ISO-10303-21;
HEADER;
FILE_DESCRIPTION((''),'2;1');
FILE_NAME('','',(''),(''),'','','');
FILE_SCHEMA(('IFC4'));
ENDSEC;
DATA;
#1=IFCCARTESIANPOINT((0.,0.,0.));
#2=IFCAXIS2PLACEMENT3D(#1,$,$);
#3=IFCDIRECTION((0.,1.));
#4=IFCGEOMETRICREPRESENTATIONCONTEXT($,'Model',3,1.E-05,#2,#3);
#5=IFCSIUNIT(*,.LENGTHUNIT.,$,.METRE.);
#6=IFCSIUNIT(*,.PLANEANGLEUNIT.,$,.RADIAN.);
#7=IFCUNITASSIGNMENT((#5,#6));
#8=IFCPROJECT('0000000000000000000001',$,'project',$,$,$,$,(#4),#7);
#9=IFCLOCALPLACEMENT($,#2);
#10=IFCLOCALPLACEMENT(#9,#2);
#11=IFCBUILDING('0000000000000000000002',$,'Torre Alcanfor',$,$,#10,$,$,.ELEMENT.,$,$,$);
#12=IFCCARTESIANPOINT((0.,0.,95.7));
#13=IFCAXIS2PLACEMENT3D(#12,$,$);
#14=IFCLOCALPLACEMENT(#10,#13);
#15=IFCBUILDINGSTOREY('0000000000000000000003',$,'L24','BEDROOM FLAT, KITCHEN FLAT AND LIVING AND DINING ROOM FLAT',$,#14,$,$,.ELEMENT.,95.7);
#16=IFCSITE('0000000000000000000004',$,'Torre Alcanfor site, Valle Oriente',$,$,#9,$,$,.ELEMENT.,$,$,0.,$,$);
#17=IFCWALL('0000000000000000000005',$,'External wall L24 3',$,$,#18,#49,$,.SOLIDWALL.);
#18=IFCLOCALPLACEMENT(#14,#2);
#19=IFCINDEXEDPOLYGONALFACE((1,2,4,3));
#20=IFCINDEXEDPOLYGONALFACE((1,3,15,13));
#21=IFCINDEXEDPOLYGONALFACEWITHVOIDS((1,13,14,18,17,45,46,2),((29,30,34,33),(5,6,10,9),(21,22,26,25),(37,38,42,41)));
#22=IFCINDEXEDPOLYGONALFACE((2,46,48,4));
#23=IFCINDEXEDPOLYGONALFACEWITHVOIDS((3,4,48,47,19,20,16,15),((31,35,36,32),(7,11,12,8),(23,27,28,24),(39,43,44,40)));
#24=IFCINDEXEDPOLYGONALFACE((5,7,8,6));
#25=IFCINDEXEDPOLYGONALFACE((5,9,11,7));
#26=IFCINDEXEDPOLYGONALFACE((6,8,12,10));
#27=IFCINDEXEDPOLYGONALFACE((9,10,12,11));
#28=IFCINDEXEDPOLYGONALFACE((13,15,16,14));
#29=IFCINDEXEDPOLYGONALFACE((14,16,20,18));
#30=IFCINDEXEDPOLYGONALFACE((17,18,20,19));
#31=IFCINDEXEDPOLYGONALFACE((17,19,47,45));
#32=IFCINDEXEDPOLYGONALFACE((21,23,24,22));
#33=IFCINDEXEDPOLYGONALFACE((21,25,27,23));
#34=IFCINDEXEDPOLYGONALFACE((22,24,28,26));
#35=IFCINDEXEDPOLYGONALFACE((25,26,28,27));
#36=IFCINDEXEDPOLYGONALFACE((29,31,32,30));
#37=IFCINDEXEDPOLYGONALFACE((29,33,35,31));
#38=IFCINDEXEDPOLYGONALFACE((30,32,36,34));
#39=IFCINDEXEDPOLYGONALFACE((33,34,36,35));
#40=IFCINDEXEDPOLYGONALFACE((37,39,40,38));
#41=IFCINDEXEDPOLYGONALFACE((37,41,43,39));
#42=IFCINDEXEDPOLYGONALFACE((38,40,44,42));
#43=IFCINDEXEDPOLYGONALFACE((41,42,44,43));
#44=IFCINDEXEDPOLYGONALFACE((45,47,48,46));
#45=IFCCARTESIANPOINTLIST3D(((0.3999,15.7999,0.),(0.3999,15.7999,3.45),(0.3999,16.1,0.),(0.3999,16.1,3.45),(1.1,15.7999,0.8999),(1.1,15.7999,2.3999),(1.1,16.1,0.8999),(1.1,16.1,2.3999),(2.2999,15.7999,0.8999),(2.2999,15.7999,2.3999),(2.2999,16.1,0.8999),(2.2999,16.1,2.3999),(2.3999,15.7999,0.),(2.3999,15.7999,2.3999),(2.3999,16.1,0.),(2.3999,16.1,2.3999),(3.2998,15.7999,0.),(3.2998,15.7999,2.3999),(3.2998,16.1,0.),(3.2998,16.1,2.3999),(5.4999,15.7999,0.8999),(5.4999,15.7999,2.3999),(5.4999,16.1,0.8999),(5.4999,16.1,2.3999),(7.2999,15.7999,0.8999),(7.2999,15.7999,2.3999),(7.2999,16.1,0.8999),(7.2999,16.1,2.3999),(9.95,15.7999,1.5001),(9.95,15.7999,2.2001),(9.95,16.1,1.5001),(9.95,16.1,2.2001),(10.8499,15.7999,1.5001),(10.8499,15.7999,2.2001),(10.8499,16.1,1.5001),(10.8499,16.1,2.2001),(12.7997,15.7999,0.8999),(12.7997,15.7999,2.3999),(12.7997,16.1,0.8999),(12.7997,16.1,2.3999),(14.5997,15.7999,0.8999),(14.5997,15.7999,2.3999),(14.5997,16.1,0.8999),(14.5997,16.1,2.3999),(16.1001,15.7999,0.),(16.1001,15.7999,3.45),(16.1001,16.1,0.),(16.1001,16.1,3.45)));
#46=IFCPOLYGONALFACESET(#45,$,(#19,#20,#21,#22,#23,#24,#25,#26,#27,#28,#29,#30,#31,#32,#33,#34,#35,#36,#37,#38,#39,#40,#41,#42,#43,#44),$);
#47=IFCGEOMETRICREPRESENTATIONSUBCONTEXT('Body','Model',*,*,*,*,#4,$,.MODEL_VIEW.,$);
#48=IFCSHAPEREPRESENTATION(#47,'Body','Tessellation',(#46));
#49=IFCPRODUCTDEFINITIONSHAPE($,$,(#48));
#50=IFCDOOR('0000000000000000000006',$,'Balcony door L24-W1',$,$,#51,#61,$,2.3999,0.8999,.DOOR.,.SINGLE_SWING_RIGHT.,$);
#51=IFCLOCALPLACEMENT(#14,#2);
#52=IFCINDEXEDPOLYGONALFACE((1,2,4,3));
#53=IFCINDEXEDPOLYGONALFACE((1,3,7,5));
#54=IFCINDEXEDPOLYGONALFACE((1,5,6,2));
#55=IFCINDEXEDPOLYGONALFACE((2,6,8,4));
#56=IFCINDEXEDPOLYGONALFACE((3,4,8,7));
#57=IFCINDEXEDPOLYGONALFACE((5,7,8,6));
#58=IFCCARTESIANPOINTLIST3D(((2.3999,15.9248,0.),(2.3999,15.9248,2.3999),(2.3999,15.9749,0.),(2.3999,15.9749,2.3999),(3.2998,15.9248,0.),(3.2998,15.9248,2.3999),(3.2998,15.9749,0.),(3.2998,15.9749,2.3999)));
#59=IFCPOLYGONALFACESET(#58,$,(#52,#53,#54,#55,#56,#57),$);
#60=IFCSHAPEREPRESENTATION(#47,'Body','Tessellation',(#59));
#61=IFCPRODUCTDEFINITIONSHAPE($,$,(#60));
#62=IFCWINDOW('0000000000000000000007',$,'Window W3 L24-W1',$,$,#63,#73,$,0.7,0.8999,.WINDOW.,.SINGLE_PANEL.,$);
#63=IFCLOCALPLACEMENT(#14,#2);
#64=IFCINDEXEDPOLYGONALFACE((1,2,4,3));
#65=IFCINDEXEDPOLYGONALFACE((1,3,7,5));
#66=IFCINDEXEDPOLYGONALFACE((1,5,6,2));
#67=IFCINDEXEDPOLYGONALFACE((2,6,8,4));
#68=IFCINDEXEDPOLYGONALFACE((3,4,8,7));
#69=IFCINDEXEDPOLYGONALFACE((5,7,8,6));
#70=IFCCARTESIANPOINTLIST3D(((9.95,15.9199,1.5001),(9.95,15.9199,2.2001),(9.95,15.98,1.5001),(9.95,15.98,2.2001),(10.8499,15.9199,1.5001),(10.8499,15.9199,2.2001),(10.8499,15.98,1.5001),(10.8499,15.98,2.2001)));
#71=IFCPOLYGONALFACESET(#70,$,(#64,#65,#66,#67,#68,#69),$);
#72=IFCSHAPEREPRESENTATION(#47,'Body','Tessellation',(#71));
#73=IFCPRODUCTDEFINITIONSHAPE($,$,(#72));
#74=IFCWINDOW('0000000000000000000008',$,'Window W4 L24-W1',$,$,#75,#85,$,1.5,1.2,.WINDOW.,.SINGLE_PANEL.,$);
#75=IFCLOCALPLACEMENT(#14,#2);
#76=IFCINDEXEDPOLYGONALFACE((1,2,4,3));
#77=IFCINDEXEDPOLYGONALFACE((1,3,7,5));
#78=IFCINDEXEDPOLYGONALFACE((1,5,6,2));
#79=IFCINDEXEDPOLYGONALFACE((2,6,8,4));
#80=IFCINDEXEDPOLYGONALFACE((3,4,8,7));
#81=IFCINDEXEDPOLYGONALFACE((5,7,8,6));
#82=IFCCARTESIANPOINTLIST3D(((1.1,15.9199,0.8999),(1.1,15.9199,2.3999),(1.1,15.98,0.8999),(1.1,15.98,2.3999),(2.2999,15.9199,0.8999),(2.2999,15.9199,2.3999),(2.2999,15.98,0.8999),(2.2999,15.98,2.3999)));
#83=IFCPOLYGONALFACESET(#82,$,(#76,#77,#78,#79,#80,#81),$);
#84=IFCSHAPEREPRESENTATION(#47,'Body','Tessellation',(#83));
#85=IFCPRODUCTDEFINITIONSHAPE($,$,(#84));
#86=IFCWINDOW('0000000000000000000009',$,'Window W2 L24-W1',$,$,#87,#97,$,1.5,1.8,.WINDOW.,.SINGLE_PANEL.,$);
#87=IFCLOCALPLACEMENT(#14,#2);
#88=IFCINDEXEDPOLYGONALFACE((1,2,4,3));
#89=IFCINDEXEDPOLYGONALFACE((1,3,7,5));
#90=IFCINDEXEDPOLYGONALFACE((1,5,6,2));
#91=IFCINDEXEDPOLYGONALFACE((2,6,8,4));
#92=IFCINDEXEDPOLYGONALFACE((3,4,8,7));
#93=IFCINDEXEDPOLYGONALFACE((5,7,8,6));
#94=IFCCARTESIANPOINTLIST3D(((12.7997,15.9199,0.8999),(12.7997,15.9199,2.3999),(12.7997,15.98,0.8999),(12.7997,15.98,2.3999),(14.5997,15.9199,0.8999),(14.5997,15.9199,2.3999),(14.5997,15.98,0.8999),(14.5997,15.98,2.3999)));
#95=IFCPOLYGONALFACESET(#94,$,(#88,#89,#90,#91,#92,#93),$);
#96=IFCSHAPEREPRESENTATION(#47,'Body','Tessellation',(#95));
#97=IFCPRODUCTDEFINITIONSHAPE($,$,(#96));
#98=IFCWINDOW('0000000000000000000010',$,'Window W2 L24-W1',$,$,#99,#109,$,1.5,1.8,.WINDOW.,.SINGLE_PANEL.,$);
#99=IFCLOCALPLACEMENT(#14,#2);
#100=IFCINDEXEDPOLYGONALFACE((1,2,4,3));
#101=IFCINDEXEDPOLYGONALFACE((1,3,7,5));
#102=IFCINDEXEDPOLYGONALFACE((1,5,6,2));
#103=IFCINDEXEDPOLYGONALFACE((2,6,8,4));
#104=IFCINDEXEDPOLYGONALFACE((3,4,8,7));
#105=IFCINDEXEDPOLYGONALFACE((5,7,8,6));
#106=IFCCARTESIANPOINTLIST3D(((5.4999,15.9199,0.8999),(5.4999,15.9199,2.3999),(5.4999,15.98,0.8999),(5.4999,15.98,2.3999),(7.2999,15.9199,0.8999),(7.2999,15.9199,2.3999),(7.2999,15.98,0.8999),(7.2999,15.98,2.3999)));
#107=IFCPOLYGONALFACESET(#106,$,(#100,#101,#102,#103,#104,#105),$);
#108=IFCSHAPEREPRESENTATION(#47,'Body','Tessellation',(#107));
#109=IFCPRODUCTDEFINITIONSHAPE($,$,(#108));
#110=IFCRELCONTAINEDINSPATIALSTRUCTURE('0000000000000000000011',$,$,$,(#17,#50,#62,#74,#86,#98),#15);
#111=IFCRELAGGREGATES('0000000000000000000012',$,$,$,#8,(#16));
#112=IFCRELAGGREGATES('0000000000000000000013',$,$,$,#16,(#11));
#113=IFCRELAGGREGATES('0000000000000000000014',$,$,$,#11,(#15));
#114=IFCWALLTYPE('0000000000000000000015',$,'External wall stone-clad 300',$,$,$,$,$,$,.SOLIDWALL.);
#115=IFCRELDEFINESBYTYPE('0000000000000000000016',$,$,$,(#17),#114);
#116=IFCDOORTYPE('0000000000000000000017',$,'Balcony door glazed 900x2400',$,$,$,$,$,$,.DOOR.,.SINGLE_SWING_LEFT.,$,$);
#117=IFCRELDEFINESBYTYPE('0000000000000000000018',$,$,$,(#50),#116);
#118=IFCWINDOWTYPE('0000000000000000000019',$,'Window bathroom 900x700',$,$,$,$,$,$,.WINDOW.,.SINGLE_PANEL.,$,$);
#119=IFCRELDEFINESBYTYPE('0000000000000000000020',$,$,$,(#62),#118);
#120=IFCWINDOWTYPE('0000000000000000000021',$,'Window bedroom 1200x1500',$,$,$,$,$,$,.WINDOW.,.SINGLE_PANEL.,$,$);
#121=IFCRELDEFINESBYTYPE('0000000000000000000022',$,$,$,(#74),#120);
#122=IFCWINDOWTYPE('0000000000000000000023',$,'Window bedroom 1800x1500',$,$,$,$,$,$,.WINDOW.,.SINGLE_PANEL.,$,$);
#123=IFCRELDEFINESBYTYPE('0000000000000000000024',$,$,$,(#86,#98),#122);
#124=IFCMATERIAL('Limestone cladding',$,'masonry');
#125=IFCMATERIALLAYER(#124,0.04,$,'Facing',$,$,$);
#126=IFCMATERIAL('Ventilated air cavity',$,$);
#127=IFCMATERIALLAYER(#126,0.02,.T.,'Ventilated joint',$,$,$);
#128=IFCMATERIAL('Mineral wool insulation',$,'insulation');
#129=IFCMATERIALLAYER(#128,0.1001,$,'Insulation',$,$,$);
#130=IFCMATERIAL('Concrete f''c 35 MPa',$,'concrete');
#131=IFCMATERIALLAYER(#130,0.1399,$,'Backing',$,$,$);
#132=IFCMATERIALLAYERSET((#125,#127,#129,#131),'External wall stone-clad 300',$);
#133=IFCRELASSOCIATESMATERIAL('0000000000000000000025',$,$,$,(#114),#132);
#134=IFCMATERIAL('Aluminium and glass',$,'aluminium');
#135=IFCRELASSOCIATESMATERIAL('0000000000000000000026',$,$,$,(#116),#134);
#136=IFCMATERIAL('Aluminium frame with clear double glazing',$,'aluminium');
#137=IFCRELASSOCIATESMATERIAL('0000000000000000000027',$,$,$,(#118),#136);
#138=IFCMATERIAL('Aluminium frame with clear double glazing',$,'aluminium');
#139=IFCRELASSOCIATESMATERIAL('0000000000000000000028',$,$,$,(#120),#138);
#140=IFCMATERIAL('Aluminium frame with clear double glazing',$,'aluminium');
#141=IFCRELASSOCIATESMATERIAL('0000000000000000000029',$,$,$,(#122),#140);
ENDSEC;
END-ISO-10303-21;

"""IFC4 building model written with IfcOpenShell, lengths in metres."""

from ifc_helpers import new_model, si_unit, direction, frame, frame_2d, origin, place, context, subcontext, project, spatial, rectangle, extrude, material, layer, layer_set, type_object, element, fill, save


model = new_model("IFC4")

# Units and contexts
model_context = context("Model", 3, precision=1e-05, world=origin(), true_north=direction((0.0, 1.0)))
body_context = subcontext(model_context, "Body", "Model", "MODEL_VIEW")
ifc_project = project(units=[si_unit("LENGTHUNIT", "METRE"), si_unit("PLANEANGLEUNIT", "RADIAN")], contexts=[model_context])

# Site, building, storey
site_placement = place(None, origin())
site = spatial("IfcSite", under=ifc_project, at=site_placement, Name="Torre Alcanfor site, Valle Oriente", CompositionType="ELEMENT", RefElevation=0.0)
building_placement = place(site_placement, origin())
building = spatial("IfcBuilding", under=site, at=building_placement, Name="Torre Alcanfor", CompositionType="ELEMENT")
storey_placement = place(building_placement, frame((0.0, 0.0, 95.7)))
storey = spatial("IfcBuildingStorey", under=building, at=storey_placement, Name="L24", Description="BEDROOM FLAT, KITCHEN FLAT AND LIVING AND DINING ROOM FLAT", CompositionType="ELEMENT", Elevation=95.7)

# Wall, openings, door, windows
ifc_material_1 = material(Name="Limestone cladding", Category="masonry")
ifc_layer_1 = layer(ifc_material_1, 0.04, Name="Facing")
ifc_material_2 = material(Name="Ventilated air cavity")
ifc_layer_2 = layer(ifc_material_2, 0.02, ventilated=True, Name="Ventilated joint")
ifc_material_3 = material(Name="Mineral wool insulation", Category="insulation")
ifc_layer_3 = layer(ifc_material_3, 0.1001, Name="Insulation")
ifc_material_4 = material(Name="Concrete f'c 35 MPa", Category="concrete")
ifc_layer_4 = layer(ifc_material_4, 0.1399, Name="Backing")
ifc_layer_set_1 = layer_set([ifc_layer_1, ifc_layer_2, ifc_layer_3, ifc_layer_4], Name="External wall stone-clad 300")
wall_type_1 = type_object("IfcWallType", Name="External wall stone-clad 300", PredefinedType="SOLIDWALL", material=ifc_layer_set_1)
wall_1_placement = place(storey_placement, frame((0.3999, 15.95, 0.0), z_axis=(0.0, 0.0, 1.0), x_axis=(1.0, 0.0, 0.0)))
wall_1 = element("IfcWall", 1, at=wall_1_placement, inside=storey, type_object=wall_type_1, Name="External wall L24 3", PredefinedType="SOLIDWALL", context=body_context, shape_type="SweptSolid", body=[
    extrude(rectangle(XDim=15.7002, YDim=0.3, at=frame_2d((7.8501, 0.0))), origin(), (0.0, 0.0, 1.0), 3.45),
])
opening_1_placement = place(wall_1_placement, frame((12.3999, 0.0, 0.8999)))
opening_1 = element("IfcOpeningElement", 2, at=opening_1_placement, cuts=wall_1, PredefinedType="OPENING", context=body_context, shape_type="SweptSolid", body=[
    extrude(rectangle(XDim=1.8, YDim=1.5, at=frame_2d((0.8999, 0.75))), frame((0.0, 0.1599, 0.0), z_axis=(0.0, -1.0, 0.0), x_axis=(1.0, 0.0, 0.0)), (0.0, 0.0, 1.0), 0.3201),
])
opening_2_placement = place(wall_1_placement, frame((9.55, 0.0, 1.5)))
opening_2 = element("IfcOpeningElement", 3, at=opening_2_placement, cuts=wall_1, PredefinedType="OPENING", context=body_context, shape_type="SweptSolid", body=[
    extrude(rectangle(XDim=0.8999, YDim=0.7, at=frame_2d((0.45, 0.3501))), frame((0.0, 0.1599, 0.0), z_axis=(0.0, -1.0, 0.0), x_axis=(1.0, 0.0, 0.0)), (0.0, 0.0, 1.0), 0.3201),
])
opening_3_placement = place(wall_1_placement, frame((5.1001, 0.0, 0.8999)))
opening_3 = element("IfcOpeningElement", 4, at=opening_3_placement, cuts=wall_1, PredefinedType="OPENING", context=body_context, shape_type="SweptSolid", body=[
    extrude(rectangle(XDim=1.8, YDim=1.5, at=frame_2d((0.8999, 0.75))), frame((0.0, 0.1599, 0.0), z_axis=(0.0, -1.0, 0.0), x_axis=(1.0, 0.0, 0.0)), (0.0, 0.0, 1.0), 0.3201),
])
opening_4_placement = place(wall_1_placement, frame((2.0, 0.0, 0.0)))
opening_4 = element("IfcOpeningElement", 5, at=opening_4_placement, cuts=wall_1, PredefinedType="OPENING", context=body_context, shape_type="SweptSolid", body=[
    extrude(rectangle(XDim=0.8999, YDim=2.3999, at=frame_2d((0.45, 1.2))), frame((0.0, 0.1599, 0.0), z_axis=(0.0, -1.0, 0.0), x_axis=(1.0, 0.0, 0.0)), (0.0, 0.0, 1.0), 0.3201),
])
opening_5_placement = place(wall_1_placement, frame((0.7, 0.0, 0.8999)))
opening_5 = element("IfcOpeningElement", 6, at=opening_5_placement, cuts=wall_1, PredefinedType="OPENING", context=body_context, shape_type="SweptSolid", body=[
    extrude(rectangle(XDim=1.2, YDim=1.5, at=frame_2d((0.6001, 0.75))), frame((0.0, 0.1599, 0.0), z_axis=(0.0, -1.0, 0.0), x_axis=(1.0, 0.0, 0.0)), (0.0, 0.0, 1.0), 0.3201),
])
ifc_material_5 = material(Name="Aluminium and glass", Category="aluminium")
door_type = type_object("IfcDoorType", Name="Balcony door glazed 900x2400", OperationType="SINGLE_SWING_LEFT", PredefinedType="DOOR", material=ifc_material_5)
door_1_placement = place(opening_4_placement, origin())
door_1 = element("IfcDoor", 7, at=door_1_placement, inside=storey, type_object=door_type, Name="Balcony door L24-W1", OperationType="SINGLE_SWING_RIGHT", OverallHeight=2.3999, OverallWidth=0.8999, PredefinedType="DOOR", context=body_context, shape_type="SweptSolid", body=[
    extrude(rectangle(XDim=0.8999, YDim=2.3999, at=frame_2d((0.45, 1.2))), frame((0.0, 0.0249, 0.0), z_axis=(0.0, -1.0, 0.0), x_axis=(1.0, 0.0, 0.0)), (0.0, 0.0, 1.0), 0.05),
])
fill(opening_4, door_1)
ifc_material_6 = material(Name="Aluminium frame with clear double glazing", Category="aluminium")
window_type_1 = type_object("IfcWindowType", Name="Window bathroom 900x700", PartitioningType="SINGLE_PANEL", PredefinedType="WINDOW", material=ifc_material_6)
window_1_placement = place(opening_2_placement, origin())
window_1 = element("IfcWindow", 8, at=window_1_placement, inside=storey, type_object=window_type_1, Name="Window W3 L24-W1", OverallHeight=0.7, OverallWidth=0.8999, PartitioningType="SINGLE_PANEL", PredefinedType="WINDOW", context=body_context, shape_type="SweptSolid", body=[
    extrude(rectangle(XDim=0.8999, YDim=0.7, at=frame_2d((0.45, 0.3501))), frame((0.0, 0.03, 0.0), z_axis=(0.0, -1.0, 0.0), x_axis=(1.0, 0.0, 0.0)), (0.0, 0.0, 1.0), 0.0601),
])
fill(opening_2, window_1)
ifc_material_7 = material(Name="Aluminium frame with clear double glazing", Category="aluminium")
window_type_2 = type_object("IfcWindowType", Name="Window bedroom 1200x1500", PartitioningType="SINGLE_PANEL", PredefinedType="WINDOW", material=ifc_material_7)
window_2_placement = place(opening_5_placement, origin())
window_2 = element("IfcWindow", 9, at=window_2_placement, inside=storey, type_object=window_type_2, Name="Window W4 L24-W1", OverallHeight=1.5, OverallWidth=1.2, PartitioningType="SINGLE_PANEL", PredefinedType="WINDOW", context=body_context, shape_type="SweptSolid", body=[
    extrude(rectangle(XDim=1.2, YDim=1.5, at=frame_2d((0.6001, 0.75))), frame((0.0, 0.03, 0.0), z_axis=(0.0, -1.0, 0.0), x_axis=(1.0, 0.0, 0.0)), (0.0, 0.0, 1.0), 0.0601),
])
fill(opening_5, window_2)
ifc_material_8 = material(Name="Aluminium frame with clear double glazing", Category="aluminium")
window_type_3 = type_object("IfcWindowType", Name="Window bedroom 1800x1500", PartitioningType="SINGLE_PANEL", PredefinedType="WINDOW", material=ifc_material_8)
window_3_placement = place(opening_1_placement, origin())
window_3 = element("IfcWindow", 10, at=window_3_placement, inside=storey, type_object=window_type_3, Name="Window W2 L24-W1", OverallHeight=1.5, OverallWidth=1.8, PartitioningType="SINGLE_PANEL", PredefinedType="WINDOW", context=body_context, shape_type="SweptSolid", body=[
    extrude(rectangle(XDim=1.8, YDim=1.5, at=frame_2d((0.8999, 0.75))), frame((0.0, 0.03, 0.0), z_axis=(0.0, -1.0, 0.0), x_axis=(1.0, 0.0, 0.0)), (0.0, 0.0, 1.0), 0.0601),
])
fill(opening_1, window_3)
window_4_placement = place(opening_3_placement, origin())
window_4 = element("IfcWindow", 11, at=window_4_placement, inside=storey, type_object=window_type_3, Name="Window W2 L24-W1", OverallHeight=1.5, OverallWidth=1.8, PartitioningType="SINGLE_PANEL", PredefinedType="WINDOW", context=body_context, shape_type="SweptSolid", body=[
    extrude(rectangle(XDim=1.8, YDim=1.5, at=frame_2d((0.8999, 0.75))), frame((0.0, 0.03, 0.0), z_axis=(0.0, -1.0, 0.0), x_axis=(1.0, 0.0, 0.0)), (0.0, 0.0, 1.0), 0.0601),
])
fill(opening_3, window_4)

save(model, "model.ifc")
